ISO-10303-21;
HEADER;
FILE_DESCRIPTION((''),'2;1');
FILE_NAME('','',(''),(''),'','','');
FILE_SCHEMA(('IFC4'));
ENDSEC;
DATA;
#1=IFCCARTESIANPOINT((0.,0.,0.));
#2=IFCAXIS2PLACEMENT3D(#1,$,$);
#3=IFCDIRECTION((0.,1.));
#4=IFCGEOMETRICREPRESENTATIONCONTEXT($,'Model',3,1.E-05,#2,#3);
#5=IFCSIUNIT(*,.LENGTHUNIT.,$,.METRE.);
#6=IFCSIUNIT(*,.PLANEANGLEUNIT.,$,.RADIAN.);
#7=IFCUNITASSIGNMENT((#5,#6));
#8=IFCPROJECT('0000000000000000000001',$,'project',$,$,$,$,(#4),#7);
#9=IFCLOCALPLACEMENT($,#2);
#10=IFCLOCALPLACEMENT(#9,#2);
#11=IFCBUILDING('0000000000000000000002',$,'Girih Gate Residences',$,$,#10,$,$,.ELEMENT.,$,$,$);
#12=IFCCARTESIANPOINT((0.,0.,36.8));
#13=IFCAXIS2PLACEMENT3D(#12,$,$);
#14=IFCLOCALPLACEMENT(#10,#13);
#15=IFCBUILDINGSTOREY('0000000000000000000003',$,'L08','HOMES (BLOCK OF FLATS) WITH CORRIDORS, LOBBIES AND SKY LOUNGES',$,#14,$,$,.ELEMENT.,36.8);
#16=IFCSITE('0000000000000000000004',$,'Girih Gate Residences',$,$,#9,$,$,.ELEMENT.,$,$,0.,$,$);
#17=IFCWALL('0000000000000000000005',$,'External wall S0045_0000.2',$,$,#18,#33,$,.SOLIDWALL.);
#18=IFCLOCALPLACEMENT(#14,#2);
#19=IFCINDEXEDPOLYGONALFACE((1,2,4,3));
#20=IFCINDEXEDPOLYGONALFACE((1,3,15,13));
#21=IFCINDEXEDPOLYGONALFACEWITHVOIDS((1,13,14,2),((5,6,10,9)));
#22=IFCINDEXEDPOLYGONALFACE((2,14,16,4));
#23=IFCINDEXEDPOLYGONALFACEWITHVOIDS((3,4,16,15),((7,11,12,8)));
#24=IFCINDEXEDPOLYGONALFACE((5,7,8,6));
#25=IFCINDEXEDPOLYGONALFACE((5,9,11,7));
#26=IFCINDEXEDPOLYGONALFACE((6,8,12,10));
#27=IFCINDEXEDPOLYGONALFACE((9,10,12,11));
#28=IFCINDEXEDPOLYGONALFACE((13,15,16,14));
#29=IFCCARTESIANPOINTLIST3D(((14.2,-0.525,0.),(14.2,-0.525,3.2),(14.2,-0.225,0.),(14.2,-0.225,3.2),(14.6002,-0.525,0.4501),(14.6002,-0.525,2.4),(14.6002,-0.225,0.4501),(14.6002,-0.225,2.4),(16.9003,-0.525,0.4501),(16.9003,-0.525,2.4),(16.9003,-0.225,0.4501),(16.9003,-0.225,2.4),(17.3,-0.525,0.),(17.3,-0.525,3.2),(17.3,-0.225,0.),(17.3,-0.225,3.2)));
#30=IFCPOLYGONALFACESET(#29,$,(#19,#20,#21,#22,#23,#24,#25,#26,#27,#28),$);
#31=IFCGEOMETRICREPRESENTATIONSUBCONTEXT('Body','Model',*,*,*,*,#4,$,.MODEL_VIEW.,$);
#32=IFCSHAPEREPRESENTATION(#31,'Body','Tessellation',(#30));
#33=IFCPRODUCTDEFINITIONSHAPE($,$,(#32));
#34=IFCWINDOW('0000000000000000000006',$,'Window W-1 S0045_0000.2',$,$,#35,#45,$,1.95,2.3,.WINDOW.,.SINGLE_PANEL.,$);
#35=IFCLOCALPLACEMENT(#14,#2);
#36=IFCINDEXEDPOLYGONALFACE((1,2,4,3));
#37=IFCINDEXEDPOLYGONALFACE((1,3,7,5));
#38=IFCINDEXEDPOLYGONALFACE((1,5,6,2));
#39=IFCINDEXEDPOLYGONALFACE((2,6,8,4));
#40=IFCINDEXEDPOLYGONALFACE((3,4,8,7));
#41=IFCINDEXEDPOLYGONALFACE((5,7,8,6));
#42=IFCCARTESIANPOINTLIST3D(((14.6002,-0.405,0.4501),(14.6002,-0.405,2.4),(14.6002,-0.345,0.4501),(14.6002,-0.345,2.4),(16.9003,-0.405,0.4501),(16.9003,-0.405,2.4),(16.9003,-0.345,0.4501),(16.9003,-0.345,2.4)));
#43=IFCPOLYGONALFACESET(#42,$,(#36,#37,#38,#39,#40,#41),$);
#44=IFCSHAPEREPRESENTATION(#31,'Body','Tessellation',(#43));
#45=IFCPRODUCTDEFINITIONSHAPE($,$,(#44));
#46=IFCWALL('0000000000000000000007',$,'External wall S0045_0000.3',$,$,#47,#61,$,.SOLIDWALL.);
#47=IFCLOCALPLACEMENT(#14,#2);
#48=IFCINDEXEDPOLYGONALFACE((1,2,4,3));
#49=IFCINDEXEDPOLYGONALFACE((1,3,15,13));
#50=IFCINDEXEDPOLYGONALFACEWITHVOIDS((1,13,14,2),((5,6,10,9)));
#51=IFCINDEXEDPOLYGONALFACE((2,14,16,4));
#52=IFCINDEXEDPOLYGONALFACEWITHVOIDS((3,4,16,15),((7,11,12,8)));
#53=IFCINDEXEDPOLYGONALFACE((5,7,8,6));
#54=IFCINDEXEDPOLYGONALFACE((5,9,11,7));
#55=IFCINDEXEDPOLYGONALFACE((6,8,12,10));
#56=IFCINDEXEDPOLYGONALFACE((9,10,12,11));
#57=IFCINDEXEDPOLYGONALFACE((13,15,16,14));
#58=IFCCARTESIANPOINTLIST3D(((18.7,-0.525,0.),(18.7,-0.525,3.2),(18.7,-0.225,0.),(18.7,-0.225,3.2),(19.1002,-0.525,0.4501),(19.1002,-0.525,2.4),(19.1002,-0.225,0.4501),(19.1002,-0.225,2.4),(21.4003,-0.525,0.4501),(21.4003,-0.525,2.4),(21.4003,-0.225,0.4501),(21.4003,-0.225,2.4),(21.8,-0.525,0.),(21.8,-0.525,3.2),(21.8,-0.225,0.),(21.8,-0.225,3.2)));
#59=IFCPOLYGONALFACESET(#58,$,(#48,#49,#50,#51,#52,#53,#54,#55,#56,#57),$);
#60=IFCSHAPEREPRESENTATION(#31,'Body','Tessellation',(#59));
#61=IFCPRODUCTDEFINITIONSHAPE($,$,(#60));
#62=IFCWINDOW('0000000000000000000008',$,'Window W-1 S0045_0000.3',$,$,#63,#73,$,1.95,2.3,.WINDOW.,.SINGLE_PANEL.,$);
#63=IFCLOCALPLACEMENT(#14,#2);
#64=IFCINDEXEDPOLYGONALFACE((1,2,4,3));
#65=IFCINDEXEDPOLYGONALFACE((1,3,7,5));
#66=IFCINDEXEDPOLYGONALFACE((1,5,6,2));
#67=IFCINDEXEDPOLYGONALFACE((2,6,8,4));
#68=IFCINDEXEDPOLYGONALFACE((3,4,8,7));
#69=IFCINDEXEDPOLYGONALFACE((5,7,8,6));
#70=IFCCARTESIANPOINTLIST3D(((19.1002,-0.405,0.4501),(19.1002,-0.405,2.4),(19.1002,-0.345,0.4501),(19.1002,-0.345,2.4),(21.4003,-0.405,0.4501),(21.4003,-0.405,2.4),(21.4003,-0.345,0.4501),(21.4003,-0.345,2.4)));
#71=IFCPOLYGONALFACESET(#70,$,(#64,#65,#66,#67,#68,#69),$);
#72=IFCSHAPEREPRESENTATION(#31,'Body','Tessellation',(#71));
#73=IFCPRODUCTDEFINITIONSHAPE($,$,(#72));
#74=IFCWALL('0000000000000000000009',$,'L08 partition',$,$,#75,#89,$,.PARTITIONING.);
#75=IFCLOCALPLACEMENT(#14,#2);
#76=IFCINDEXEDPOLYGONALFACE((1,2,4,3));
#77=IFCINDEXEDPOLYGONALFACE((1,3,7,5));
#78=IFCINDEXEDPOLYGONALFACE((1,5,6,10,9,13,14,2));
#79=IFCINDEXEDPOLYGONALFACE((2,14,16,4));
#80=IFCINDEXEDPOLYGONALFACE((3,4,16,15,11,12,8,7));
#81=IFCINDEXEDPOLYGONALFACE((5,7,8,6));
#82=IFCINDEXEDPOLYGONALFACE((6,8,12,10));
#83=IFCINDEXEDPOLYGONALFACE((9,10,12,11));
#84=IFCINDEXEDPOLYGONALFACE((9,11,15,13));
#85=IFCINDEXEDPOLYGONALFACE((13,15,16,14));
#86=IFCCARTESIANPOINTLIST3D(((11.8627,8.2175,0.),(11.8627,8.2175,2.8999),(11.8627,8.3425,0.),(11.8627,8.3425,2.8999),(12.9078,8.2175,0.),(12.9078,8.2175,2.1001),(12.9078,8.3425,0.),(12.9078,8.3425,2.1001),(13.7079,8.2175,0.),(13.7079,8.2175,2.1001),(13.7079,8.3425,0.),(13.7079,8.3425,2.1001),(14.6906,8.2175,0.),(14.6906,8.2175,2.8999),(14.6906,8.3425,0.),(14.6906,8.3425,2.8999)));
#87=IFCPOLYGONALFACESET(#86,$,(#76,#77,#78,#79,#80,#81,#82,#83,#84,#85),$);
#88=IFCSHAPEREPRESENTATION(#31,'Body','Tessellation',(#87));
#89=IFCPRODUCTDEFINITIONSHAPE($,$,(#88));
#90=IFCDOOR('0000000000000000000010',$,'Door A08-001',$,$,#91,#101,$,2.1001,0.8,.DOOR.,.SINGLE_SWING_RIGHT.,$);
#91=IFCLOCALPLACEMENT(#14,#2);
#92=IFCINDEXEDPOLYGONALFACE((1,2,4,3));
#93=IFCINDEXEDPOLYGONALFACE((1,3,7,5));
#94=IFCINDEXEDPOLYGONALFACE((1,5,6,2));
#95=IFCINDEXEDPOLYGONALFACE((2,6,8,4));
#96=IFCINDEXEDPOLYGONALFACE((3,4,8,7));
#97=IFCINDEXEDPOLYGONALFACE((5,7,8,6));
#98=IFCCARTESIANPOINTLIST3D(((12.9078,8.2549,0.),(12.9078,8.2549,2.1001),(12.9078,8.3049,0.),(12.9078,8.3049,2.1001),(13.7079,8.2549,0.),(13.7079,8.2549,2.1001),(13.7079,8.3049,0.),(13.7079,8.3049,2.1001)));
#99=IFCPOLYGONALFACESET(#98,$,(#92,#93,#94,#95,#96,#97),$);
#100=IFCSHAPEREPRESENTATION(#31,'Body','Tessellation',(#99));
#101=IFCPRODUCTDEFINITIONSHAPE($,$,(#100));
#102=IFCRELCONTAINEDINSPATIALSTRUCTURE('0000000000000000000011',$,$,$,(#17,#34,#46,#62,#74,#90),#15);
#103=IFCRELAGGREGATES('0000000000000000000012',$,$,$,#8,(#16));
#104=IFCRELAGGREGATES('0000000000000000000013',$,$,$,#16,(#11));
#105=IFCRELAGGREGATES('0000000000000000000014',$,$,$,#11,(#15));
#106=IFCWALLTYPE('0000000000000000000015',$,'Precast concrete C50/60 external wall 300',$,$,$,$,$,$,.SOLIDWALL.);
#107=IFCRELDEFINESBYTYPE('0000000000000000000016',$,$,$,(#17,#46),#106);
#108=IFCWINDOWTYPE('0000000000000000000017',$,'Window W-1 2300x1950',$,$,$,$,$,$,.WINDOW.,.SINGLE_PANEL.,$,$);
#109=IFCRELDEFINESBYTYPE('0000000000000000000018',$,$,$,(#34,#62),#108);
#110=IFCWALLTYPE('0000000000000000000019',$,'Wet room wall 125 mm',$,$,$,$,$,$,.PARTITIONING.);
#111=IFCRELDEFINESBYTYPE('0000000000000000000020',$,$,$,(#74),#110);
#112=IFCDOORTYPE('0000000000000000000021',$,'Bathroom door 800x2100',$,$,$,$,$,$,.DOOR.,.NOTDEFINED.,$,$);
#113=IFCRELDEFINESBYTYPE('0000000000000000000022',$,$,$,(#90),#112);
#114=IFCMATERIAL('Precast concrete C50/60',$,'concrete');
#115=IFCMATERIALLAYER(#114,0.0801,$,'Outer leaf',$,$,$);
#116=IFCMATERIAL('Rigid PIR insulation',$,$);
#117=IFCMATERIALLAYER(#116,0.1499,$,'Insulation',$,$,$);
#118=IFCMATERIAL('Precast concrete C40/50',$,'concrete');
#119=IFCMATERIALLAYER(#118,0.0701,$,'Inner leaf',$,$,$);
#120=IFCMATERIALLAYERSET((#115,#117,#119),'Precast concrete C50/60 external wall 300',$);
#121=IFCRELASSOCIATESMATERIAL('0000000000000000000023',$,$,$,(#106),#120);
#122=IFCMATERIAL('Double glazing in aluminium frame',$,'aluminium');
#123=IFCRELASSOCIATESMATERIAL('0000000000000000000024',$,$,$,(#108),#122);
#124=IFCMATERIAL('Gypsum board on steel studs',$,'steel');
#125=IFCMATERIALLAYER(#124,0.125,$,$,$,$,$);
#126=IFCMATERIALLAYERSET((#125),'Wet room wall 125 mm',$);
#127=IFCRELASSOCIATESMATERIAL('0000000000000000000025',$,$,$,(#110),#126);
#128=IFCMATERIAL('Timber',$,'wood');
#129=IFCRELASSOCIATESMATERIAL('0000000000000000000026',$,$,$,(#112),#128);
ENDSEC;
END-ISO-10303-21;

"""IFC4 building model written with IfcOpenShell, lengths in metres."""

from ifc_helpers import new_model, si_unit, direction, frame, frame_2d, origin, place, context, subcontext, project, spatial, rectangle, extrude, material, layer, layer_set, type_object, element, fill, save


model = new_model("IFC4")

# Units and contexts
model_context = context("Model", 3, precision=1e-05, world=origin(), true_north=direction((0.0, 1.0)))
body_context = subcontext(model_context, "Body", "Model", "MODEL_VIEW")
ifc_project = project(units=[si_unit("LENGTHUNIT", "METRE"), si_unit("PLANEANGLEUNIT", "RADIAN")], contexts=[model_context])

# Site, building, storey
site_placement = place(None, origin())
site = spatial("IfcSite", under=ifc_project, at=site_placement, Name="Girih Gate Residences", CompositionType="ELEMENT", RefElevation=0.0)
building_placement = place(site_placement, origin())
building = spatial("IfcBuilding", under=site, at=building_placement, Name="Girih Gate Residences", CompositionType="ELEMENT")
storey_placement = place(building_placement, frame((0.0, 0.0, 36.8)))
storey = spatial("IfcBuildingStorey", under=building, at=storey_placement, Name="L08", Description="HOMES (BLOCK OF FLATS) WITH CORRIDORS, LOBBIES AND SKY LOUNGES", CompositionType="ELEMENT", Elevation=36.8)

# Shared definitions
ifc_material_1 = material(Name="Gypsum board on steel studs", Category="steel")

# Shared definitions
ifc_material_2 = material(Name="Timber", Category="wood")

# Walls, openings, windows
ifc_material_3 = material(Name="Precast concrete C50/60", Category="concrete")
ifc_layer_1 = layer(ifc_material_3, 0.0801, Name="Outer leaf")
ifc_material_4 = material(Name="Rigid PIR insulation")
ifc_layer_2 = layer(ifc_material_4, 0.1499, Name="Insulation")
ifc_material_5 = material(Name="Precast concrete C40/50", Category="concrete")
ifc_layer_3 = layer(ifc_material_5, 0.0701, Name="Inner leaf")
ifc_layer_set_1 = layer_set([ifc_layer_1, ifc_layer_2, ifc_layer_3], Name="Precast concrete C50/60 external wall 300")
wall_type_1 = type_object("IfcWallType", Name="Precast concrete C50/60 external wall 300", PredefinedType="SOLIDWALL", material=ifc_layer_set_1)
ifc_material_6 = material(Name="Double glazing in aluminium frame", Category="aluminium")
window_type = type_object("IfcWindowType", Name="Window W-1 2300x1950", PartitioningType="SINGLE_PANEL", PredefinedType="WINDOW", material=ifc_material_6)
wall_1_placement = place(storey_placement, frame((17.3, -0.375, 0.0), z_axis=(0.0, 0.0, 1.0), x_axis=(-1.0, 0.0, 0.0)))
wall_1 = element("IfcWall", 1, at=wall_1_placement, inside=storey, type_object=wall_type_1, Name="External wall S0045_0000.2", PredefinedType="SOLIDWALL", context=body_context, shape_type="SweptSolid", body=[
    extrude(rectangle(XDim=3.1001, YDim=0.3, at=frame_2d((1.55, 0.0))), origin(), (0.0, 0.0, 1.0), 3.2),
])
opening_1_placement = place(wall_1_placement, frame((0.3999, 0.0, 0.45)))
opening_1 = element("IfcOpeningElement", 2, at=opening_1_placement, cuts=wall_1, PredefinedType="OPENING", context=body_context, shape_type="SweptSolid", body=[
    extrude(rectangle(XDim=2.3, YDim=1.95, at=frame_2d((1.1499, 0.9751))), frame((0.0, 0.1599, 0.0), z_axis=(0.0, -1.0, 0.0), x_axis=(1.0, 0.0, 0.0)), (0.0, 0.0, 1.0), 0.3201),
])
window_1_placement = place(opening_1_placement, origin())
window_1 = element("IfcWindow", 3, at=window_1_placement, inside=storey, type_object=window_type, Name="Window W-1 S0045_0000.2", OverallHeight=1.95, OverallWidth=2.3, PartitioningType="SINGLE_PANEL", PredefinedType="WINDOW", context=body_context, shape_type="SweptSolid", body=[
    extrude(rectangle(XDim=2.3, YDim=1.95, at=frame_2d((1.1499, 0.9751))), frame((0.0, 0.03, 0.0), z_axis=(0.0, -1.0, 0.0), x_axis=(1.0, 0.0, 0.0)), (0.0, 0.0, 1.0), 0.0601),
])
fill(opening_1, window_1)
wall_2_placement = place(storey_placement, frame((21.8, -0.375, 0.0), z_axis=(0.0, 0.0, 1.0), x_axis=(-1.0, 0.0, 0.0)))
wall_2 = element("IfcWall", 4, at=wall_2_placement, inside=storey, type_object=wall_type_1, Name="External wall S0045_0000.3", PredefinedType="SOLIDWALL", context=body_context, shape_type="SweptSolid", body=[
    extrude(rectangle(XDim=3.1001, YDim=0.3, at=frame_2d((1.55, 0.0))), origin(), (0.0, 0.0, 1.0), 3.2),
])
opening_2_placement = place(wall_2_placement, frame((0.3999, 0.0, 0.45)))
opening_2 = element("IfcOpeningElement", 5, at=opening_2_placement, cuts=wall_2, PredefinedType="OPENING", context=body_context, shape_type="SweptSolid", body=[
    extrude(rectangle(XDim=2.3, YDim=1.95, at=frame_2d((1.1499, 0.9751))), frame((0.0, 0.1599, 0.0), z_axis=(0.0, -1.0, 0.0), x_axis=(1.0, 0.0, 0.0)), (0.0, 0.0, 1.0), 0.3201),
])
window_2_placement = place(opening_2_placement, origin())
window_2 = element("IfcWindow", 6, at=window_2_placement, inside=storey, type_object=window_type, Name="Window W-1 S0045_0000.3", OverallHeight=1.95, OverallWidth=2.3, PartitioningType="SINGLE_PANEL", PredefinedType="WINDOW", context=body_context, shape_type="SweptSolid", body=[
    extrude(rectangle(XDim=2.3, YDim=1.95, at=frame_2d((1.1499, 0.9751))), frame((0.0, 0.03, 0.0), z_axis=(0.0, -1.0, 0.0), x_axis=(1.0, 0.0, 0.0)), (0.0, 0.0, 1.0), 0.0601),
])
fill(opening_2, window_2)

# Wall, opening, door
ifc_layer_4 = layer(ifc_material_1, 0.125)
ifc_layer_set_2 = layer_set([ifc_layer_4], Name="Wet room wall 125 mm")
wall_type_2 = type_object("IfcWallType", Name="Wet room wall 125 mm", PredefinedType="PARTITIONING", material=ifc_layer_set_2)
wall_3_placement = place(storey_placement, frame((11.8625, 8.28, 0.0), z_axis=(0.0, 0.0, 1.0), x_axis=(1.0, 0.0, 0.0)))
wall_3 = element("IfcWall", 7, at=wall_3_placement, inside=storey, type_object=wall_type_2, Name="L08 partition", PredefinedType="PARTITIONING", context=body_context, shape_type="SweptSolid", body=[
    extrude(rectangle(XDim=2.8279, YDim=0.125, at=frame_2d((1.4141, 0.0))), origin(), (0.0, 0.0, 1.0), 2.8999),
])
opening_3_placement = place(wall_3_placement, frame((1.0454, 0.0, 0.0)))
opening_3 = element("IfcOpeningElement", 8, at=opening_3_placement, cuts=wall_3, PredefinedType="OPENING", context=body_context, shape_type="SweptSolid", body=[
    extrude(rectangle(XDim=0.8, YDim=2.1001, at=frame_2d((0.3999, 1.05))), frame((0.0, 0.0725, 0.0), z_axis=(0.0, -1.0, 0.0), x_axis=(1.0, 0.0, 0.0)), (0.0, 0.0, 1.0), 0.145),
])
door_type_1 = type_object("IfcDoorType", Name="Bathroom door 800x2100", OperationType="NOTDEFINED", PredefinedType="DOOR", material=ifc_material_2)
door_1_placement = place(opening_3_placement, origin())
door_1 = element("IfcDoor", 9, at=door_1_placement, inside=storey, type_object=door_type_1, Name="Door A08-001", OperationType="SINGLE_SWING_RIGHT", OverallHeight=2.1001, OverallWidth=0.8, PredefinedType="DOOR", context=body_context, shape_type="SweptSolid", body=[
    extrude(rectangle(XDim=0.8, YDim=2.1001, at=frame_2d((0.3999, 1.05))), frame((0.0, 0.0249, 0.0), z_axis=(0.0, -1.0, 0.0), x_axis=(1.0, 0.0, 0.0)), (0.0, 0.0, 1.0), 0.05),
])
fill(opening_3, door_1)

save(model, "model.ifc")
